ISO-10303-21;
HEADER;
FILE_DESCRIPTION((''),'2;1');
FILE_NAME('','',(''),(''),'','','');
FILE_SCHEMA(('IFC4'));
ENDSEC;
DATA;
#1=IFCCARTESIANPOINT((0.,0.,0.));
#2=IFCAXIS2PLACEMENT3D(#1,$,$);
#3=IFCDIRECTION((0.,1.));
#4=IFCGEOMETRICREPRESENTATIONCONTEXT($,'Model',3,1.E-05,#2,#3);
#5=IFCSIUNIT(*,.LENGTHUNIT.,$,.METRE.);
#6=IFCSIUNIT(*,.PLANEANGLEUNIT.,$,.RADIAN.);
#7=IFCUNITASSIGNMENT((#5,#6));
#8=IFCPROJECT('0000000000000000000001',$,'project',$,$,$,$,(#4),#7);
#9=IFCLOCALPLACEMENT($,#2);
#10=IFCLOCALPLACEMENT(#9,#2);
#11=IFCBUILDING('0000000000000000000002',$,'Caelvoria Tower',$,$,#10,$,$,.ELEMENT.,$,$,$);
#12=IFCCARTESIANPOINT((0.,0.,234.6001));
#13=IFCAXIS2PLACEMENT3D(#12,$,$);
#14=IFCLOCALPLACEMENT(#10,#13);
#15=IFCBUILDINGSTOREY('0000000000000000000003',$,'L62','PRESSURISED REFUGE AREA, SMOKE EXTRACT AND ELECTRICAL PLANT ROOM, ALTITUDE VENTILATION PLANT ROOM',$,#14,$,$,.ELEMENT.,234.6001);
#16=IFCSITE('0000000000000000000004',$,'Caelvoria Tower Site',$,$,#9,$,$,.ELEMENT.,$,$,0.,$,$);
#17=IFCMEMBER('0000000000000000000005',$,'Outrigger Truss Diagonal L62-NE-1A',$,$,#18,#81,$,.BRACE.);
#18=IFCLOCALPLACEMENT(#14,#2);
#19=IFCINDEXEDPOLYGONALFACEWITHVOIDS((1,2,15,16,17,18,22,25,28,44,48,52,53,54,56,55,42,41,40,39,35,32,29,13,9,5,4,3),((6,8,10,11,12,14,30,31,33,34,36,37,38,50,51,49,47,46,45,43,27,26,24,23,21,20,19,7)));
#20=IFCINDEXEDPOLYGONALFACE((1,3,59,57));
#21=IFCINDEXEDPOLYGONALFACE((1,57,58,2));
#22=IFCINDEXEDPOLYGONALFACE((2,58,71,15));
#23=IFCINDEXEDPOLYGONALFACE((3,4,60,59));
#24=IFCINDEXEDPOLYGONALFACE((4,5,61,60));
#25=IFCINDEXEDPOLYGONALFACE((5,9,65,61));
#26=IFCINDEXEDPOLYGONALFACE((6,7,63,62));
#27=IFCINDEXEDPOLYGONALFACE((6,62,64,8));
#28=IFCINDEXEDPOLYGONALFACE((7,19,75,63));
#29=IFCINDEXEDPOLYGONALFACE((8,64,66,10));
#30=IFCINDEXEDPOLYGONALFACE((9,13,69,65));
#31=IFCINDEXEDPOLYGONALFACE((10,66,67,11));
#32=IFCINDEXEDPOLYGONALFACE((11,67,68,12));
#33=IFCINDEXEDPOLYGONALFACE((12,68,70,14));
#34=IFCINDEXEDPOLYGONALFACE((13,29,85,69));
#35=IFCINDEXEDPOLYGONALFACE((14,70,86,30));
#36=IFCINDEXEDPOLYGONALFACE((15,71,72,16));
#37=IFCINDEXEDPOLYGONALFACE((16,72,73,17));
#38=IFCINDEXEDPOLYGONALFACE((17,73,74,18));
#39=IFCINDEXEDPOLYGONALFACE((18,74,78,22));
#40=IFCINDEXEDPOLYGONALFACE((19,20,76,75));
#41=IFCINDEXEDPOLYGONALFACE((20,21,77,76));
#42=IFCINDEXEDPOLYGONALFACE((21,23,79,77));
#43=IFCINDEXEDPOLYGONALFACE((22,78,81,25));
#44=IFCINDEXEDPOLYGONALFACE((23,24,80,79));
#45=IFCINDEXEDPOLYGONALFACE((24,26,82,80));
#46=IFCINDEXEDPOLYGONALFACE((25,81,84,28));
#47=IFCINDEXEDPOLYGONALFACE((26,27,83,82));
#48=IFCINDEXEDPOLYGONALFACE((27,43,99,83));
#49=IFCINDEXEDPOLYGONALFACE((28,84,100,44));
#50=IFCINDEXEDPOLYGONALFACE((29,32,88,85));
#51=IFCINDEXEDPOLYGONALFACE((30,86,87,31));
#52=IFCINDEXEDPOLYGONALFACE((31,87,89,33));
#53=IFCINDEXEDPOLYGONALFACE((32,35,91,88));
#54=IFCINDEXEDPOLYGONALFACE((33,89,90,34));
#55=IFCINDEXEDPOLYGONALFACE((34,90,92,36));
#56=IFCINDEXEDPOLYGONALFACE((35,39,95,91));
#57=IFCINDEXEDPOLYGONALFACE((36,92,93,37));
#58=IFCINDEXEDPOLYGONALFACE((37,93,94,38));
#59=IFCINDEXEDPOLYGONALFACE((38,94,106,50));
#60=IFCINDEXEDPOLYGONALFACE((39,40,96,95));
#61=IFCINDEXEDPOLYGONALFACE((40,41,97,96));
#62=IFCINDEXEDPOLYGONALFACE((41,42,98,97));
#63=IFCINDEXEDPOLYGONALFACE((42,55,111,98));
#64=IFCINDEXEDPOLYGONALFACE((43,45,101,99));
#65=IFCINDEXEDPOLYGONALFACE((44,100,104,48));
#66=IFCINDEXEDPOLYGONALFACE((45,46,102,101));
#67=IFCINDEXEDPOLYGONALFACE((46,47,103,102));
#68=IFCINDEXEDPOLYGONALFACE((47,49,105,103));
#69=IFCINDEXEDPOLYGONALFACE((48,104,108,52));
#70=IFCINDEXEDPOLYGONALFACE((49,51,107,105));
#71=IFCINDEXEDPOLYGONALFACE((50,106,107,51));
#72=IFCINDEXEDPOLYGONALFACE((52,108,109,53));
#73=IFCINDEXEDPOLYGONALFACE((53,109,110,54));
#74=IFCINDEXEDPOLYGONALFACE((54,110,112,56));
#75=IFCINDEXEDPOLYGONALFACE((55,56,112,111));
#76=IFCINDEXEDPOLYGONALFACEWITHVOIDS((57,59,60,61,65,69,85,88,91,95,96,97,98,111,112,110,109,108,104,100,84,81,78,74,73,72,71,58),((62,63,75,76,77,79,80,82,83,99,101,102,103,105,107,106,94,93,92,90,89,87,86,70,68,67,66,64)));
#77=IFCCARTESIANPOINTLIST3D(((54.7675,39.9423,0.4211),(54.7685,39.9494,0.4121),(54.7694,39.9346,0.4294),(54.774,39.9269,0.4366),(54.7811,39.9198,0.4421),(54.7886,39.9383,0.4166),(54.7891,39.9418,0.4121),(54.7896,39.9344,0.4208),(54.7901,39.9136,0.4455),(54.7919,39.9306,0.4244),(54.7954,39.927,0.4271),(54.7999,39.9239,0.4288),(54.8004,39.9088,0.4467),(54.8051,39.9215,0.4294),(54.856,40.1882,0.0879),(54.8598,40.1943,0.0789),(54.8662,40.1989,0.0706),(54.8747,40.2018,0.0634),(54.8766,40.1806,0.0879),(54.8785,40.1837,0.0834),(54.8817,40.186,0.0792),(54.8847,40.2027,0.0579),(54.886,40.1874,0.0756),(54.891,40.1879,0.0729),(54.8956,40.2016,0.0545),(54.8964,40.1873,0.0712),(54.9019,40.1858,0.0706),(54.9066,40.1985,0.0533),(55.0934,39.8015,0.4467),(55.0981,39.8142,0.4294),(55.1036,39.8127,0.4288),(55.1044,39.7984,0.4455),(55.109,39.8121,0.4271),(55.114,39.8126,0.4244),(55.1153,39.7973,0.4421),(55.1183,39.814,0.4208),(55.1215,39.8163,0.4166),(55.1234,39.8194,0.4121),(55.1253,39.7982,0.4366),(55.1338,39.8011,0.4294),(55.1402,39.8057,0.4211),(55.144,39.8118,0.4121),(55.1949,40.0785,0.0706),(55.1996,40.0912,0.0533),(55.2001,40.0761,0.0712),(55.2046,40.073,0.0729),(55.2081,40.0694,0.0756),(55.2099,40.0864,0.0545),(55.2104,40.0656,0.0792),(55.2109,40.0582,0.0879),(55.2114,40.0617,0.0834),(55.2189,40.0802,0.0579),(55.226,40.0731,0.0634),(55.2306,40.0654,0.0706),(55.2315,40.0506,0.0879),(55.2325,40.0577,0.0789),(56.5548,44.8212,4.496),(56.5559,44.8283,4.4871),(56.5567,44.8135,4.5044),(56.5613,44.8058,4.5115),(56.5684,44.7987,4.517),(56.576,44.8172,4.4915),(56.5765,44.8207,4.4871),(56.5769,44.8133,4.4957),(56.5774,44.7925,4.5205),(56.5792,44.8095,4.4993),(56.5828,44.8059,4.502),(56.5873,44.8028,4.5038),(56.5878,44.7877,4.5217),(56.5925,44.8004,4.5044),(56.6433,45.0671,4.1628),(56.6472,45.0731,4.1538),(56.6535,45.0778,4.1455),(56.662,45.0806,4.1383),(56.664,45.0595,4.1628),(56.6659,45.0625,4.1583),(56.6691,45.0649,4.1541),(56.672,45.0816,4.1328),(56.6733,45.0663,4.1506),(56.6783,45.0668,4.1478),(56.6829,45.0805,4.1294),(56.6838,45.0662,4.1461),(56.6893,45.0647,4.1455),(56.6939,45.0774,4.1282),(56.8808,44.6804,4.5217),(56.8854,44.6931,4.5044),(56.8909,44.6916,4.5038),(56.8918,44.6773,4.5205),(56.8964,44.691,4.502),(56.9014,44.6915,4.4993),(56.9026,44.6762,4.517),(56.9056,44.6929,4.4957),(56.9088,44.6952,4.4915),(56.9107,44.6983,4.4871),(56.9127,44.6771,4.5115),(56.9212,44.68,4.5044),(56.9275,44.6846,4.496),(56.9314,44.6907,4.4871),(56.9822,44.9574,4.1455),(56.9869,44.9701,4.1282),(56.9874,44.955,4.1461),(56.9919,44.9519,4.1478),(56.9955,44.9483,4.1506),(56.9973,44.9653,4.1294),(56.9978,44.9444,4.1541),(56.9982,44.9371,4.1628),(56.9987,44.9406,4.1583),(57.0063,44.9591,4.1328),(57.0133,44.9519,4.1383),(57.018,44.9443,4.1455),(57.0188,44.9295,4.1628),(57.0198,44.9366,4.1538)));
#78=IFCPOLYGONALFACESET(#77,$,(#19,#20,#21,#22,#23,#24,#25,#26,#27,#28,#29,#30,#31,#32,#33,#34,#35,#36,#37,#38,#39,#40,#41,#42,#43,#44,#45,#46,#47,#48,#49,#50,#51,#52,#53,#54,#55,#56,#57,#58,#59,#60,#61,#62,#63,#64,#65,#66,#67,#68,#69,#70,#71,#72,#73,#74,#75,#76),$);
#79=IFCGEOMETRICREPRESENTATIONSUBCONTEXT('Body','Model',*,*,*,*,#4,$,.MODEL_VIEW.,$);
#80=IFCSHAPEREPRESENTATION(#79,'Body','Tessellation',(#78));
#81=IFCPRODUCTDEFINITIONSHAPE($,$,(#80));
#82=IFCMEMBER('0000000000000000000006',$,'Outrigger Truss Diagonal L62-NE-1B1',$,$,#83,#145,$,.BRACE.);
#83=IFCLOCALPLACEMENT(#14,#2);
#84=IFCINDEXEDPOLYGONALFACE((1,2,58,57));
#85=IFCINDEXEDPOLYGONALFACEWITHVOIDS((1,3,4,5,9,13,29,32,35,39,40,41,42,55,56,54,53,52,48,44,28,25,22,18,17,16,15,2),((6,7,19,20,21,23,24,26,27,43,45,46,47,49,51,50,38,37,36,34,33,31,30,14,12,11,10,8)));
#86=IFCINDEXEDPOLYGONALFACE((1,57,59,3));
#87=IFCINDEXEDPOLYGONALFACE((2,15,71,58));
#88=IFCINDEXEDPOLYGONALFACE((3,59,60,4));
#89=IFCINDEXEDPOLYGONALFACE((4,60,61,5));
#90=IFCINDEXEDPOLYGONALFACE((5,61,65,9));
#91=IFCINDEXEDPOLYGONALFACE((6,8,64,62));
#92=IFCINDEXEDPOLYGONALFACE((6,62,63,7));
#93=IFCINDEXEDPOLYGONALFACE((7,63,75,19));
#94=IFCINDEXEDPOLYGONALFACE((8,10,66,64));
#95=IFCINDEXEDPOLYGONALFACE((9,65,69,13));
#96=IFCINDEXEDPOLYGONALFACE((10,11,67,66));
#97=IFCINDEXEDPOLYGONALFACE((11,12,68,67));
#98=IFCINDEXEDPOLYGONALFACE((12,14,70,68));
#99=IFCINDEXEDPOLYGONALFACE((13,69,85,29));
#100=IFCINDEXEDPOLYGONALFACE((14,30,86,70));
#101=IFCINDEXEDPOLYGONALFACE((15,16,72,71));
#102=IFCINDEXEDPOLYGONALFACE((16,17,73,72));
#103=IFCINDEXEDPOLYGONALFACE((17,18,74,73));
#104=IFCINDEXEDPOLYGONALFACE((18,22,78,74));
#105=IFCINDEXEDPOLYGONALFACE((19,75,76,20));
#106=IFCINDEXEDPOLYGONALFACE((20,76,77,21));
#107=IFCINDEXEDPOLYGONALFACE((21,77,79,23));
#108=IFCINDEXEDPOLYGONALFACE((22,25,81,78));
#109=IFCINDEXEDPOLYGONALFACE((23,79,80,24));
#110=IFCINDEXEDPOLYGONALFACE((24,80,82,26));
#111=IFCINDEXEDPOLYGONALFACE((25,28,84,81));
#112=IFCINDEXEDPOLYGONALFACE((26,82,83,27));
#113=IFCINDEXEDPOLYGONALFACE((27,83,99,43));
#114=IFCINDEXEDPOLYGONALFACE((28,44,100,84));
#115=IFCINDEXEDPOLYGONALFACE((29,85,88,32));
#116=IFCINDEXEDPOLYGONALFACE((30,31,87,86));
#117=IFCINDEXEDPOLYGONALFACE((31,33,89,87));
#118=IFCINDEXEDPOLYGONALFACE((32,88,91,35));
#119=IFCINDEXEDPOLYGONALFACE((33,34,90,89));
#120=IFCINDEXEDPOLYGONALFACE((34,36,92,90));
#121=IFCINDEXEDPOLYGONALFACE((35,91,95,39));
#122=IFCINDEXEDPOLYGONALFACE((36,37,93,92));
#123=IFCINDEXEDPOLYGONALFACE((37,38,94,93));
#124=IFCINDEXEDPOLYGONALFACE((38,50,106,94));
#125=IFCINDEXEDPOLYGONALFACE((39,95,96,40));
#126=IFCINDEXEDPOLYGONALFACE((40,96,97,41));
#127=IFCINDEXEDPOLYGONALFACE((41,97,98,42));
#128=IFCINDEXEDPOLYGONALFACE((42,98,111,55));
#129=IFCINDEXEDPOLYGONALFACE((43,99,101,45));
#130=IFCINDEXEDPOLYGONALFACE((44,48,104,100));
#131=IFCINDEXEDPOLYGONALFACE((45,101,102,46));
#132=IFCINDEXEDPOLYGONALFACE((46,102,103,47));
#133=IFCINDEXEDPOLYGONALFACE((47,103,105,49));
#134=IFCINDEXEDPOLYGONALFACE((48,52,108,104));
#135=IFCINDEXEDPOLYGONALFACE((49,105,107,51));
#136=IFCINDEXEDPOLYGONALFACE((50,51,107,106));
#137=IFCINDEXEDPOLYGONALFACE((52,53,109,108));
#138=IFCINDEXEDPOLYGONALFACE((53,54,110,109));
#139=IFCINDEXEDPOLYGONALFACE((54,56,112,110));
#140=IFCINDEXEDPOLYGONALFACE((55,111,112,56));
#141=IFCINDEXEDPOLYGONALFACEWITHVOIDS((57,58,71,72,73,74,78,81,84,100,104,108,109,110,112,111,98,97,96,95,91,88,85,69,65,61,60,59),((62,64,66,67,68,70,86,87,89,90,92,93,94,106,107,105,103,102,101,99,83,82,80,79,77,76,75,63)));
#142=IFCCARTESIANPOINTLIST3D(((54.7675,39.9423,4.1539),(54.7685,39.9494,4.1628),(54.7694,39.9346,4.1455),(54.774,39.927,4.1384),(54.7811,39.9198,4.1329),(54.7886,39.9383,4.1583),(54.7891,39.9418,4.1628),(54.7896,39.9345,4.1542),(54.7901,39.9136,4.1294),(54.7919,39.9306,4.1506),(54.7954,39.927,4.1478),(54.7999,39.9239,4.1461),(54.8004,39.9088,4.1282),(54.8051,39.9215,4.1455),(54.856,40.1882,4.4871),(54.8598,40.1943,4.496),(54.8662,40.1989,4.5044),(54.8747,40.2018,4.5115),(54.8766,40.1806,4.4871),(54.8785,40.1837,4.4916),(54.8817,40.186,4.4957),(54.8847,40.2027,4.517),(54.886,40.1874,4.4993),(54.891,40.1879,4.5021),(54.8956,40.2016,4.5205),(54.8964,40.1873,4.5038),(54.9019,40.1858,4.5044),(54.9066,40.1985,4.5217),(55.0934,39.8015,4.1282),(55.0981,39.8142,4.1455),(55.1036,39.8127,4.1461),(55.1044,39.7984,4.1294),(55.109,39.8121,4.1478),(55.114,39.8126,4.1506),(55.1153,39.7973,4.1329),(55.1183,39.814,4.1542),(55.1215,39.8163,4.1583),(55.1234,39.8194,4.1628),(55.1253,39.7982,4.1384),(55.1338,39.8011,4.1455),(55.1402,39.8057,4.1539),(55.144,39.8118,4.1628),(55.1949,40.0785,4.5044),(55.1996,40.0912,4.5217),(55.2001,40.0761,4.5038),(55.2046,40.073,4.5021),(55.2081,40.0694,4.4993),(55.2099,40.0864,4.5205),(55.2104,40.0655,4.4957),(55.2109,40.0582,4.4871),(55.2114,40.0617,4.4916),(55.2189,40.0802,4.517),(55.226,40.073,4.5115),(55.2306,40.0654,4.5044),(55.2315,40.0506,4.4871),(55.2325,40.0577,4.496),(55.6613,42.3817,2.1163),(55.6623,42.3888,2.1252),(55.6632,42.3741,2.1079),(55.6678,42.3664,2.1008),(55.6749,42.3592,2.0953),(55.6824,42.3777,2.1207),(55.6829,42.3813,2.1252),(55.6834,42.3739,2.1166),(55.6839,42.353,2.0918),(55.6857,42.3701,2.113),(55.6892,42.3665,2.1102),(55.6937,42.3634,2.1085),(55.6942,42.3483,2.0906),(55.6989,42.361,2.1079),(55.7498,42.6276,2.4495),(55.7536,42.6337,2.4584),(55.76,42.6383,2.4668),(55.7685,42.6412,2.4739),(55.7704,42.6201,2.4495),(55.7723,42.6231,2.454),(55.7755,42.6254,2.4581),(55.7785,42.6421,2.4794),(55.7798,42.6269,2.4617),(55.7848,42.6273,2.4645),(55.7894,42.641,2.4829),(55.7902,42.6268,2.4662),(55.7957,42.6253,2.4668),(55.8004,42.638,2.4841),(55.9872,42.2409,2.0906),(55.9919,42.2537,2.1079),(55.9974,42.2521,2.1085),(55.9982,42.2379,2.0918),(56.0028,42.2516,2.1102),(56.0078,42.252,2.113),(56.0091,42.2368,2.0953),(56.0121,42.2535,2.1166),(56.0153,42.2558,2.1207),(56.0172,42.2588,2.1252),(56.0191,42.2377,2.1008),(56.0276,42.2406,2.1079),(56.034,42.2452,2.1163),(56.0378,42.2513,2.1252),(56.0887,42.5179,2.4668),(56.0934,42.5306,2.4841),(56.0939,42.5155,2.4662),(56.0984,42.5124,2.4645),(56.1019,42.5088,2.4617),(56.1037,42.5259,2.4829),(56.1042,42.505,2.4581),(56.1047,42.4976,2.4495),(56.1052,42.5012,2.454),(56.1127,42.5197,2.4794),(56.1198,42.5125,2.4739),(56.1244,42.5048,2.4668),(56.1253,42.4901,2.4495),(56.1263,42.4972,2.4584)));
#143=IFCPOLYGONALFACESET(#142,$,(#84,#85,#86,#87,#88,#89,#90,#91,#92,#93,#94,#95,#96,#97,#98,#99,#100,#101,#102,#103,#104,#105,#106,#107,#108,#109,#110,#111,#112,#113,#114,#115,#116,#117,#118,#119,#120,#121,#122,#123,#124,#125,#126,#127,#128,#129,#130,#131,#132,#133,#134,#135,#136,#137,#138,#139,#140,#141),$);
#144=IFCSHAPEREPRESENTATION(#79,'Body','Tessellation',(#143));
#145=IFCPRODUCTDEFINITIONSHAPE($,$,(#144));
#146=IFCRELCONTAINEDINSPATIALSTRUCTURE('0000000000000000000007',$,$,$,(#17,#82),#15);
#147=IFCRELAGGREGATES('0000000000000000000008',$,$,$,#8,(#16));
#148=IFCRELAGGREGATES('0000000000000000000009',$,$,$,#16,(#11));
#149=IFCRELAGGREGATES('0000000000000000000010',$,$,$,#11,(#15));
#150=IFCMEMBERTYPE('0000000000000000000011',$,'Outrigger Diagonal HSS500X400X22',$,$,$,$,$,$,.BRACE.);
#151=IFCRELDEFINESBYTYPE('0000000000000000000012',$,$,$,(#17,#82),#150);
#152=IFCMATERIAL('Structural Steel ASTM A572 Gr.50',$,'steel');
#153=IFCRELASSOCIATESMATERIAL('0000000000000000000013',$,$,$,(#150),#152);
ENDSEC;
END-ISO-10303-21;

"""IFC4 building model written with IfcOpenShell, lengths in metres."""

from ifc_helpers import new_model, si_unit, direction, frame, origin, origin_2d, place, context, subcontext, project, spatial, hollow_rectangle, extrude, material, material_profile, profile_set, type_object, element, save


model = new_model("IFC4")

# Units and contexts
model_context = context("Model", 3, precision=1e-05, world=origin(), true_north=direction((0.0, 1.0)))
body_context = subcontext(model_context, "Body", "Model", "MODEL_VIEW")
ifc_project = project(units=[si_unit("LENGTHUNIT", "METRE"), si_unit("PLANEANGLEUNIT", "RADIAN")], contexts=[model_context])

# Site, building, storey
site_placement = place(None, origin())
site = spatial("IfcSite", under=ifc_project, at=site_placement, Name="Caelvoria Tower Site", CompositionType="ELEMENT", RefElevation=0.0)
building_placement = place(site_placement, origin())
building = spatial("IfcBuilding", under=site, at=building_placement, Name="Caelvoria Tower", CompositionType="ELEMENT")
storey_placement = place(building_placement, frame((0.0, 0.0, 234.6001)))
storey = spatial("IfcBuildingStorey", under=building, at=storey_placement, Name="L62", Description="PRESSURISED REFUGE AREA, SMOKE EXTRACT AND ELECTRICAL PLANT ROOM, ALTITUDE VENTILATION PLANT ROOM", CompositionType="ELEMENT", Elevation=234.6001)

# Shared definitions
ifc_material_1 = material(Name="Structural Steel ASTM A572 Gr.50", Category="steel")

# Members
ifc_material_profile_1 = material_profile(ifc_material_1, hollow_rectangle(XDim=0.3999, YDim=0.5, WallThickness=0.022, InnerFilletRadius=0.022, OuterFilletRadius=0.0439, at=origin_2d()), Name="Structural Steel ASTM A572 Gr.50")
ifc_profile_set_1 = profile_set([ifc_material_profile_1], Name="HSS500X400X22 - Structural Steel ASTM A572 Gr.50")
member_type_1 = type_object("IfcMemberType", Name="Outrigger Diagonal HSS500X400X22", PredefinedType="BRACE", material=ifc_profile_set_1)
member_1_placement = place(storey_placement, frame((55.0, 40.0, 0.25), z_axis=(0.270676, 0.738859, 0.617108), x_axis=(-0.938974, 0.343987, 0.0)))
element("IfcMember", 1, at=member_1_placement, inside=storey, type_object=member_type_1, Name="Outrigger Truss Diagonal L62-NE-1A", PredefinedType="BRACE", context=body_context, shape_type="SweptSolid", body=[
    extrude(hollow_rectangle(XDim=0.3999, YDim=0.5, WallThickness=0.022, InnerFilletRadius=0.022, OuterFilletRadius=0.0439, at=origin_2d()), origin(), (0.0, 0.0, 1.0), 6.6033),
])
member_2_placement = place(storey_placement, frame((55.0, 40.0, 4.325), z_axis=(0.270704, 0.738834, -0.617125), x_axis=(-0.938959, 0.344028, 0.0)))
element("IfcMember", 2, at=member_2_placement, inside=storey, type_object=member_type_1, Name="Outrigger Truss Diagonal L62-NE-1B1", PredefinedType="BRACE", context=body_context, shape_type="SweptSolid", body=[
    extrude(hollow_rectangle(XDim=0.3999, YDim=0.5, WallThickness=0.022, InnerFilletRadius=0.022, OuterFilletRadius=0.0439, at=origin_2d()), origin(), (0.0, 0.0, 1.0), 3.3018),
])

save(model, "model.ifc")
